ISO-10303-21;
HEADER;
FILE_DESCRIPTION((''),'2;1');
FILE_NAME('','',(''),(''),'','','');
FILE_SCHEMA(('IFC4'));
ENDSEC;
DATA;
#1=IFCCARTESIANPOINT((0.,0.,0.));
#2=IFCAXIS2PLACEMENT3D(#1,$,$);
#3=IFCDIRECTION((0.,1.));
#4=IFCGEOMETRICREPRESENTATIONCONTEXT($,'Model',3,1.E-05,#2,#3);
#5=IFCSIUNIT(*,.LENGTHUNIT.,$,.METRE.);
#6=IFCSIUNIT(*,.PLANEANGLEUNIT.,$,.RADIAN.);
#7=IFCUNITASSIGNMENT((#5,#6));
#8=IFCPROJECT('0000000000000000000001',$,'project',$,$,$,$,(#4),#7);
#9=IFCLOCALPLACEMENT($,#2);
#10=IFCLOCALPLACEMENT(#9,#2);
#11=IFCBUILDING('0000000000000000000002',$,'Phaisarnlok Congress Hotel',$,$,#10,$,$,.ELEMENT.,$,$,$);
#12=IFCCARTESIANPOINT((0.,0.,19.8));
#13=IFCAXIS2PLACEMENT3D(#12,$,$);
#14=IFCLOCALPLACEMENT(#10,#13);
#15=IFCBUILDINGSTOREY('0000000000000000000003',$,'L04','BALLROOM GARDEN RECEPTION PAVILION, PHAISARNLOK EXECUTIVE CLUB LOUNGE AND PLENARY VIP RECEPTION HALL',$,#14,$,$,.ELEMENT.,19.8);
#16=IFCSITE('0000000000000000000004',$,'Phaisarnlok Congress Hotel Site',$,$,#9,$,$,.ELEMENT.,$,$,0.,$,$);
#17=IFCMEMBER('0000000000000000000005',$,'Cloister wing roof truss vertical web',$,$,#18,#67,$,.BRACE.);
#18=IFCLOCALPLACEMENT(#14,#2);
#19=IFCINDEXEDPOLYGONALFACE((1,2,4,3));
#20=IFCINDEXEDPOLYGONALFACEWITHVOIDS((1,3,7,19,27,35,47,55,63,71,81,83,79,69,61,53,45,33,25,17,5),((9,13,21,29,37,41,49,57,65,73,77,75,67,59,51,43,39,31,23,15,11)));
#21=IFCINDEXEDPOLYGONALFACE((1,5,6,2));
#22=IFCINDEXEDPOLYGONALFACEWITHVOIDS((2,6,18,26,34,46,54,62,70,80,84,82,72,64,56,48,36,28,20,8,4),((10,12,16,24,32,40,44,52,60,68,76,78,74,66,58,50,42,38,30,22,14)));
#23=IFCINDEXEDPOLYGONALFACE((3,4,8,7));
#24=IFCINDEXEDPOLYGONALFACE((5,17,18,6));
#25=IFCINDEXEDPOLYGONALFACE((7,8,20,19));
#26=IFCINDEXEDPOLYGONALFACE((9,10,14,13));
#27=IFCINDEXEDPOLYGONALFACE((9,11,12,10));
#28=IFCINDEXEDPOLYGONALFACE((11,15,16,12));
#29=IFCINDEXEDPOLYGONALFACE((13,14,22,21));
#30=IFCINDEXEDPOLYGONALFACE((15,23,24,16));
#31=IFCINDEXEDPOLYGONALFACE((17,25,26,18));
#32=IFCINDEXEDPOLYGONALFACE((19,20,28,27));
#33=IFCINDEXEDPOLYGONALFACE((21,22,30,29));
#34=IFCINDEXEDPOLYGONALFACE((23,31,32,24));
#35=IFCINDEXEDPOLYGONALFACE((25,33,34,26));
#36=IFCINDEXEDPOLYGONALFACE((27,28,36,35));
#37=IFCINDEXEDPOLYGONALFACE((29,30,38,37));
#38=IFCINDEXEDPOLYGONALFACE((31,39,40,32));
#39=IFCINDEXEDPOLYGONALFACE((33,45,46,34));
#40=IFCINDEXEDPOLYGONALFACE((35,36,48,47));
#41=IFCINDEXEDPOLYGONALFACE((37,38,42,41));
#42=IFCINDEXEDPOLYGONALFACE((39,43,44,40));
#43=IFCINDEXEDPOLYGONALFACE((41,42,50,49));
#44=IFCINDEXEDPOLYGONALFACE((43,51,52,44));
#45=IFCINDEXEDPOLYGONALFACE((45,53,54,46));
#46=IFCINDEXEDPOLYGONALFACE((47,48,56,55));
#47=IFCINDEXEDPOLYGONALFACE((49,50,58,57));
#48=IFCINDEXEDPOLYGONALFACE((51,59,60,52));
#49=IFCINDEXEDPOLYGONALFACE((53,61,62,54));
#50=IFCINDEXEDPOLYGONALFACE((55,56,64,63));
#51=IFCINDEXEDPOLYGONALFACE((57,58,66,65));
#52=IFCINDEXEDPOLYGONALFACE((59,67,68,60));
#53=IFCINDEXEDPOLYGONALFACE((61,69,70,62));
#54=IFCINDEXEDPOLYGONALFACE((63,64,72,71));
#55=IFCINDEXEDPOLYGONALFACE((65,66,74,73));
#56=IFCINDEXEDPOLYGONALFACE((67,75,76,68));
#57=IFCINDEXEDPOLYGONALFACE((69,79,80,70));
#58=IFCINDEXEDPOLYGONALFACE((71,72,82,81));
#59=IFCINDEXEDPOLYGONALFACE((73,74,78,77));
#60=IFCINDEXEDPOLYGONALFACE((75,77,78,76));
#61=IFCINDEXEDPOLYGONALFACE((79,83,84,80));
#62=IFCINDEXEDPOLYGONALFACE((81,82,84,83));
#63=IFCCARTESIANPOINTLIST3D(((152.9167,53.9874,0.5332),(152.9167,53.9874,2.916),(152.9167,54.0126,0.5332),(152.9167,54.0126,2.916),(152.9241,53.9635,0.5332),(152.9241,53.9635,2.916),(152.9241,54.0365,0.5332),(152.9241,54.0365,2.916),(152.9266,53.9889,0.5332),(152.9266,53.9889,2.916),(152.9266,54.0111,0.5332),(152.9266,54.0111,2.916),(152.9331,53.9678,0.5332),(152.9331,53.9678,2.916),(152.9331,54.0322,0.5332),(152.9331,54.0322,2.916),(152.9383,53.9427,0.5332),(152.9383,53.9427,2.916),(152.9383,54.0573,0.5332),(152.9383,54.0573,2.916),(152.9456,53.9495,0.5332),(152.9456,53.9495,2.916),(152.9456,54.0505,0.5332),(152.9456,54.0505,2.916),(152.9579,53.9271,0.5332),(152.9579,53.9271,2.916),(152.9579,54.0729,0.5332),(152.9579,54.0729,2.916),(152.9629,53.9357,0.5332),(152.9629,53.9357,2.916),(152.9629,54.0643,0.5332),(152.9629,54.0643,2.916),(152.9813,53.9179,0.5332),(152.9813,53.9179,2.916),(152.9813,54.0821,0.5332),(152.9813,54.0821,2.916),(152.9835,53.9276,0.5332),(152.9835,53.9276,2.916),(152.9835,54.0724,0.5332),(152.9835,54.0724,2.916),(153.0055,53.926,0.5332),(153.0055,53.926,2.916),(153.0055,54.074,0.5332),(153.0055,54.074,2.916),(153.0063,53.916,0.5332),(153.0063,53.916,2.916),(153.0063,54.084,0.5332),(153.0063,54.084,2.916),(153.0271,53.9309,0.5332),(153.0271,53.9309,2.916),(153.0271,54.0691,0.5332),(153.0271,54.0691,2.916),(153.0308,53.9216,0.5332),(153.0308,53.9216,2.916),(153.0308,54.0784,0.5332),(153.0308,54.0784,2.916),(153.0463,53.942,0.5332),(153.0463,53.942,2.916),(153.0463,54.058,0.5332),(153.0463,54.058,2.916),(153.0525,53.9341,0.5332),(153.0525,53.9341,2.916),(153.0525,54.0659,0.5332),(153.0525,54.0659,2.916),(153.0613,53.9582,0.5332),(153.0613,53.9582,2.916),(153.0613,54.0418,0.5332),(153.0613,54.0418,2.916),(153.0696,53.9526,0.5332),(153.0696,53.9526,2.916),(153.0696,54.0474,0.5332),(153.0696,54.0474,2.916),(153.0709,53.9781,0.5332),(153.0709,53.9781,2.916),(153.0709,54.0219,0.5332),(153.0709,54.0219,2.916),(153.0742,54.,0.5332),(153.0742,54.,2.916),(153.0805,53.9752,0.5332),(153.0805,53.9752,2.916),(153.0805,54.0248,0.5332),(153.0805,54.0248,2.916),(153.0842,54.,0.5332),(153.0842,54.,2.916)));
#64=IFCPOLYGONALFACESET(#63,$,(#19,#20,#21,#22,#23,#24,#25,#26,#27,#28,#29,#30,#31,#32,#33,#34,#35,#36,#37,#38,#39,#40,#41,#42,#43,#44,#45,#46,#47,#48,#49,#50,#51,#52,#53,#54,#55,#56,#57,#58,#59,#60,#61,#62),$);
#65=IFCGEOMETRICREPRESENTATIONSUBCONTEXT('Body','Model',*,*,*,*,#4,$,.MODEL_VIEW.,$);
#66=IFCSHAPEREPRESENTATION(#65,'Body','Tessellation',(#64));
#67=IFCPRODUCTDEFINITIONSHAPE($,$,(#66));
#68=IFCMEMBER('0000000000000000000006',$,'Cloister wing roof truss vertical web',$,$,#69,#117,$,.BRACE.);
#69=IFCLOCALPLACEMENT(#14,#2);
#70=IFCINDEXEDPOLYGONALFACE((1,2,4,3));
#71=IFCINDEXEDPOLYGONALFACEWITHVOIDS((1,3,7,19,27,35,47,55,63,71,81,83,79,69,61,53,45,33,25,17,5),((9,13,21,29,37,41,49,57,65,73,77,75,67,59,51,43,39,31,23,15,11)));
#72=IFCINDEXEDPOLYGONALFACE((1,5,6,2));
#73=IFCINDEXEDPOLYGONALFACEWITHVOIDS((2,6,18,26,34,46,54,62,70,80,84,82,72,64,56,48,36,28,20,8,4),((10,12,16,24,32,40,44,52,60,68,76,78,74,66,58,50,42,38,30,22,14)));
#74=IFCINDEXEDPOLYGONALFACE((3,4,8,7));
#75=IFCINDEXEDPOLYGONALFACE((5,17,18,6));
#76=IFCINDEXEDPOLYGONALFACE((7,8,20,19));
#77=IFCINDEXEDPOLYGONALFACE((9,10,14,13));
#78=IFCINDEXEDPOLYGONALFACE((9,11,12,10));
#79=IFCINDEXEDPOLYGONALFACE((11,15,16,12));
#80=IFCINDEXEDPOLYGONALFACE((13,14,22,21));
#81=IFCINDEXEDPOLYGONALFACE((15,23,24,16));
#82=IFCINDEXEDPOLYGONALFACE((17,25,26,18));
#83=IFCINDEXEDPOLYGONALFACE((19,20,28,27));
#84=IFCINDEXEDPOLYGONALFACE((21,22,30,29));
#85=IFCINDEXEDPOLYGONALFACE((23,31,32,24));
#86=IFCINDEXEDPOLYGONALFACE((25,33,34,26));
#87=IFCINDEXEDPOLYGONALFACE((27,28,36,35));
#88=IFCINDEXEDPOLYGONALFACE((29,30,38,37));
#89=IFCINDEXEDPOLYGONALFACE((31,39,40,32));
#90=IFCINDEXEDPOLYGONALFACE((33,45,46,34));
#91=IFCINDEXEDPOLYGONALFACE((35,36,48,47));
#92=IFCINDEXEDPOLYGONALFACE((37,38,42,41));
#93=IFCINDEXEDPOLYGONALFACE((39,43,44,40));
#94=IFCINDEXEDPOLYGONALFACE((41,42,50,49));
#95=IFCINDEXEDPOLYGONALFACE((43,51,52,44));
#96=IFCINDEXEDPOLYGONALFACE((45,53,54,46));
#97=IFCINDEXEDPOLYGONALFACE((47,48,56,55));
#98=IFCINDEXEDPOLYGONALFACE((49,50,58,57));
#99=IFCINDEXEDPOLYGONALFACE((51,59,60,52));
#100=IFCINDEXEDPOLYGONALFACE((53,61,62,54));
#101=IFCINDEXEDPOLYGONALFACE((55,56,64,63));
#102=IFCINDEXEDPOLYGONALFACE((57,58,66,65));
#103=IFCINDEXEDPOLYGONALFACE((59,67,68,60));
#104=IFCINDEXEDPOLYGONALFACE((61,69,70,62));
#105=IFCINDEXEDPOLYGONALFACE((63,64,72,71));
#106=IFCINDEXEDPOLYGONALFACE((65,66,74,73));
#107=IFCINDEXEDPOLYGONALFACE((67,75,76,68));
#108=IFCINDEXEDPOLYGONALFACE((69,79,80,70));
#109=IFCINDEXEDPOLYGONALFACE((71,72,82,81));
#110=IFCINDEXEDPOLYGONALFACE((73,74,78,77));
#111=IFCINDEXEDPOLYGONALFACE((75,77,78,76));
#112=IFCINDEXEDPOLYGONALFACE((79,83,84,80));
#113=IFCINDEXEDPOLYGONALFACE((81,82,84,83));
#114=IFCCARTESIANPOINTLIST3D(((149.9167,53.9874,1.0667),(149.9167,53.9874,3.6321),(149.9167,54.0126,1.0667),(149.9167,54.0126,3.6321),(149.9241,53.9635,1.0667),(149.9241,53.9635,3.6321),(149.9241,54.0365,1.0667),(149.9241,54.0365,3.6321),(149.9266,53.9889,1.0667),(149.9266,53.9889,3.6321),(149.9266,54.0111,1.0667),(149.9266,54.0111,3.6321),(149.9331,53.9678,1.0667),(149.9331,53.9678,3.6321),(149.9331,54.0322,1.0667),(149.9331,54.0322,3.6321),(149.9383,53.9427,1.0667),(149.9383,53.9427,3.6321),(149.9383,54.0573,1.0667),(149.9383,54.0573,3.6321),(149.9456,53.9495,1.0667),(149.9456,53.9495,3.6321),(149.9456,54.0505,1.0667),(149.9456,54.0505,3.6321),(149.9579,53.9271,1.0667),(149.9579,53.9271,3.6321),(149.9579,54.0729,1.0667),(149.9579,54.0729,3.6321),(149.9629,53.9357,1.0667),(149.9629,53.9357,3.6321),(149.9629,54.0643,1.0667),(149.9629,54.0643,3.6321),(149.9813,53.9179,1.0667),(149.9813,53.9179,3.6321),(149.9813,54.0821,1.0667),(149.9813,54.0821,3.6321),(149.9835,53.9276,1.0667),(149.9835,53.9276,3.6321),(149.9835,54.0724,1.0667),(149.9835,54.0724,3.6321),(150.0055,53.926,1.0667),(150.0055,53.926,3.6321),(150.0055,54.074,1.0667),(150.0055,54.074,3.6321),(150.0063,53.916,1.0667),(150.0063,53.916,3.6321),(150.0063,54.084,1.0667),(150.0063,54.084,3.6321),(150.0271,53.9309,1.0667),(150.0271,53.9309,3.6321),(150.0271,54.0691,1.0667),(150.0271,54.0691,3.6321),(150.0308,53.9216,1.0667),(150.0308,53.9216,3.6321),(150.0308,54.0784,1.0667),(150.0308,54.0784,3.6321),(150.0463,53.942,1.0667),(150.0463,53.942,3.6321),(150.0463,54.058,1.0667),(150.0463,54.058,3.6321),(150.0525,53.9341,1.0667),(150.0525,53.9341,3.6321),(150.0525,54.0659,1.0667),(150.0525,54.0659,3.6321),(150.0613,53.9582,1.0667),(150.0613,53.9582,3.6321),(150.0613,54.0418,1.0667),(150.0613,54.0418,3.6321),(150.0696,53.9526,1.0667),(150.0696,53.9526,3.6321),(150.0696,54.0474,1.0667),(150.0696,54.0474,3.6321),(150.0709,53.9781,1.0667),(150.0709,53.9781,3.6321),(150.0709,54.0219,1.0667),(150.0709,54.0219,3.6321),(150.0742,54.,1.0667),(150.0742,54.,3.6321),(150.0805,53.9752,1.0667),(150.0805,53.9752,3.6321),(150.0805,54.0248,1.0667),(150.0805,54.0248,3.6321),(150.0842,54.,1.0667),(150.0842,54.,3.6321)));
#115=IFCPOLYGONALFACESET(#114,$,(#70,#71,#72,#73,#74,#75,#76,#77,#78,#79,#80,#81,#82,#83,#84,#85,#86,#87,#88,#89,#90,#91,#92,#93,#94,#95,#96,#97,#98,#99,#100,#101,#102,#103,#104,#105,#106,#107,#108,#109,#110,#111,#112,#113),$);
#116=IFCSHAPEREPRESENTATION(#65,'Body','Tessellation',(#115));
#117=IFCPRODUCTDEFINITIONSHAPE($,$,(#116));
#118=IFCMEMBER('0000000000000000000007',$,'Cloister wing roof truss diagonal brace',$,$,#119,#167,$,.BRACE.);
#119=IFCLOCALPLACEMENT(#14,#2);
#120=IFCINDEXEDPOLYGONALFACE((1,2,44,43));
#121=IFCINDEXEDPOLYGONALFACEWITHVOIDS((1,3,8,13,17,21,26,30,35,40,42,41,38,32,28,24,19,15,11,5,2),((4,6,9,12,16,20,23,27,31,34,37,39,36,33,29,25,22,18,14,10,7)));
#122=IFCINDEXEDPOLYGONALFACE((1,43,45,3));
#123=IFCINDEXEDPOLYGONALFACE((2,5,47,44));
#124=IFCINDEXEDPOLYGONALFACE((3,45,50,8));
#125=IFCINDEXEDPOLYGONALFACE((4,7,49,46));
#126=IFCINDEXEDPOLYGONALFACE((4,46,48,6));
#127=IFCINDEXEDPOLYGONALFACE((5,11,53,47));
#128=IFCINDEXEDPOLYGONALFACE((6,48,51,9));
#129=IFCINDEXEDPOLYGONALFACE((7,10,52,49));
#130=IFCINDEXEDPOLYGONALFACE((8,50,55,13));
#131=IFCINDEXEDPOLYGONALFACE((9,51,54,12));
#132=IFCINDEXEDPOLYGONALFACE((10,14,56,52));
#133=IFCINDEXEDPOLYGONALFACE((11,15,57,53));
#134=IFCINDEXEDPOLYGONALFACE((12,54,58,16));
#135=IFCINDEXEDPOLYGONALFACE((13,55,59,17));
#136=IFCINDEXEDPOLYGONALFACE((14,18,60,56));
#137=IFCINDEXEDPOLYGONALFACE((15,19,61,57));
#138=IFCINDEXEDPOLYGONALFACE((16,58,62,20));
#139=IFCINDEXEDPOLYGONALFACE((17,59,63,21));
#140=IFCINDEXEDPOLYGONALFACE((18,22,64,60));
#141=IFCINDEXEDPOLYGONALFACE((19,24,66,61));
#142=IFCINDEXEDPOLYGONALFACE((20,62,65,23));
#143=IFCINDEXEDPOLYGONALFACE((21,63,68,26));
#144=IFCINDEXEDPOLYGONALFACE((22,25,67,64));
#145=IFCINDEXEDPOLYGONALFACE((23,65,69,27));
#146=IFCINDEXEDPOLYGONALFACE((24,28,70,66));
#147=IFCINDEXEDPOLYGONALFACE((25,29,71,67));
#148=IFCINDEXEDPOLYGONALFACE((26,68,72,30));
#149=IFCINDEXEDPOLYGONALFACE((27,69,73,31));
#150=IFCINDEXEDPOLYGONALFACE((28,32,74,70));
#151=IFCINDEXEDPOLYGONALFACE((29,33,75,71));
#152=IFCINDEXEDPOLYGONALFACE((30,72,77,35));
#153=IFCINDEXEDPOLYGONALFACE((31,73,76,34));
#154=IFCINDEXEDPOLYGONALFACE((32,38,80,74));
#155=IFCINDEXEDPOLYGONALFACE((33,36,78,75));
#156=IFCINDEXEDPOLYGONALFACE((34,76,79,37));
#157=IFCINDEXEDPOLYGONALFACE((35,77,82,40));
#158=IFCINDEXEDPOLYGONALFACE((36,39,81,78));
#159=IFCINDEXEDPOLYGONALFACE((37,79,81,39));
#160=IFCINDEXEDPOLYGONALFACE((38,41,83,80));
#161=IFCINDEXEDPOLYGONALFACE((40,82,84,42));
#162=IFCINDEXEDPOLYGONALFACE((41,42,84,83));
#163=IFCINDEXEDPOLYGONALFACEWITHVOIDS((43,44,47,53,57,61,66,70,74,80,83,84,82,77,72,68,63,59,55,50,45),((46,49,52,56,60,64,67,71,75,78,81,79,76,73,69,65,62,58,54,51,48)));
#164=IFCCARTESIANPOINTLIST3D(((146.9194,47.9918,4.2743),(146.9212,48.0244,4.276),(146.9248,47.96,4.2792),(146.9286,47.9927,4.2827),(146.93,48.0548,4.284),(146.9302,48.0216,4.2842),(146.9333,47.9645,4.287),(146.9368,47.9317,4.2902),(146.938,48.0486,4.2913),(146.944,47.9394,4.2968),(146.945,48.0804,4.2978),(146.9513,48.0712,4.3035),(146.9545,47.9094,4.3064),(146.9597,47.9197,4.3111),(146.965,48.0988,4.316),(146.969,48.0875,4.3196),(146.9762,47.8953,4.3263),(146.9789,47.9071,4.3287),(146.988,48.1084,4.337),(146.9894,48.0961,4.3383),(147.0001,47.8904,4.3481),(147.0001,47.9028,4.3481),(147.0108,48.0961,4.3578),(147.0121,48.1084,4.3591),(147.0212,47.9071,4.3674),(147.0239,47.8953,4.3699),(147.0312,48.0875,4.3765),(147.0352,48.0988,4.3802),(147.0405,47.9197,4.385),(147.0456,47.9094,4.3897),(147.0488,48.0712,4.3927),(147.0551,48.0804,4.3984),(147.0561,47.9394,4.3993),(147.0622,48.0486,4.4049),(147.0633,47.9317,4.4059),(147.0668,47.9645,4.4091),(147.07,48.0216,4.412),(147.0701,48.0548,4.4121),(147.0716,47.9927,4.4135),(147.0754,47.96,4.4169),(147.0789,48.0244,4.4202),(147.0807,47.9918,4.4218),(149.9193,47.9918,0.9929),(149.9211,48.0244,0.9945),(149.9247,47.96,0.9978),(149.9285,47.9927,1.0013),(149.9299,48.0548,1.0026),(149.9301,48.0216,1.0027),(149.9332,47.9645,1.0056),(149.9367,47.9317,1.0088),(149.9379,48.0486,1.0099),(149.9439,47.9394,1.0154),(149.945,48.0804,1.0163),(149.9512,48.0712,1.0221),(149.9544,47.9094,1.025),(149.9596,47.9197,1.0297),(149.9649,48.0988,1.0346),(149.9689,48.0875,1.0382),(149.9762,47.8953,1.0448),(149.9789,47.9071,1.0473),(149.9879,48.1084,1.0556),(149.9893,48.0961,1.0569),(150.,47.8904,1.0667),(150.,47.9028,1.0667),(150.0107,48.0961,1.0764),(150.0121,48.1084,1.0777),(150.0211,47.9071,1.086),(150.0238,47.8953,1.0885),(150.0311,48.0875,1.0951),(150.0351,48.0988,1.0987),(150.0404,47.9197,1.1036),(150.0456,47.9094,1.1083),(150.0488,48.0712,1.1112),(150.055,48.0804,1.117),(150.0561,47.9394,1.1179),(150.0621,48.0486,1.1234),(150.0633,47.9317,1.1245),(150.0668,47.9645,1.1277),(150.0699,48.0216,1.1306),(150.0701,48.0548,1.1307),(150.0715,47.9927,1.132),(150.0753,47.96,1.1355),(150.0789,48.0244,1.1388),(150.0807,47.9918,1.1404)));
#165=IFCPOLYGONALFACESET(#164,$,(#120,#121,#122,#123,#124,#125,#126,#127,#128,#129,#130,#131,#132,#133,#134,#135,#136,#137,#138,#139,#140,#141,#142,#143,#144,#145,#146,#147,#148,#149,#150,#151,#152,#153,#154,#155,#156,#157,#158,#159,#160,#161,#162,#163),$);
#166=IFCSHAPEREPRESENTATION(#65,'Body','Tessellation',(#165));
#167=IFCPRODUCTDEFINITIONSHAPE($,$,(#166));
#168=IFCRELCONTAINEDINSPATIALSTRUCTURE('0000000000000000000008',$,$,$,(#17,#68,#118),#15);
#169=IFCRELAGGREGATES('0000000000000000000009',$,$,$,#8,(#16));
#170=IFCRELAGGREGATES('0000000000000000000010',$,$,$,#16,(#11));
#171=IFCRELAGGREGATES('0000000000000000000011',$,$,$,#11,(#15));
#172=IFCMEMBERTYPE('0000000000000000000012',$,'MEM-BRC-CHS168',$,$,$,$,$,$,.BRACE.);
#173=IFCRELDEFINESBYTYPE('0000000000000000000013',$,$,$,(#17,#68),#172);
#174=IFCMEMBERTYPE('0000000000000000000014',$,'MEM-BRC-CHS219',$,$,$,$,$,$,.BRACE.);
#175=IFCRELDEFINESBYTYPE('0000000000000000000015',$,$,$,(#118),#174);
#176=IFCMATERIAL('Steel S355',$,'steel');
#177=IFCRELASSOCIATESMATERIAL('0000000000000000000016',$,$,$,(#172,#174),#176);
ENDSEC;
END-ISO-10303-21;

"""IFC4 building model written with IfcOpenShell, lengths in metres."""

from ifc_helpers import new_model, si_unit, direction, frame, origin, origin_2d, place, context, subcontext, project, spatial, hollow_circle, extrude, material, material_profile, profile_set, type_object, element, save


model = new_model("IFC4")

# Units and contexts
model_context = context("Model", 3, precision=1e-05, world=origin(), true_north=direction((0.0, 1.0)))
body_context = subcontext(model_context, "Body", "Model", "MODEL_VIEW")
ifc_project = project(units=[si_unit("LENGTHUNIT", "METRE"), si_unit("PLANEANGLEUNIT", "RADIAN")], contexts=[model_context])

# Site, building, storey
site_placement = place(None, origin())
site = spatial("IfcSite", under=ifc_project, at=site_placement, Name="Phaisarnlok Congress Hotel Site", CompositionType="ELEMENT", RefElevation=0.0)
building_placement = place(site_placement, origin())
building = spatial("IfcBuilding", under=site, at=building_placement, Name="Phaisarnlok Congress Hotel", CompositionType="ELEMENT")
storey_placement = place(building_placement, frame((0.0, 0.0, 19.8)))
storey = spatial("IfcBuildingStorey", under=building, at=storey_placement, Name="L04", Description="BALLROOM GARDEN RECEPTION PAVILION, PHAISARNLOK EXECUTIVE CLUB LOUNGE AND PLENARY VIP RECEPTION HALL", CompositionType="ELEMENT", Elevation=19.8)

# Shared definitions
ifc_material = material(Name="Steel S355", Category="steel")

# Members
ifc_material_profile_1 = material_profile(ifc_material, hollow_circle(Radius=0.0842, WallThickness=0.01, at=origin_2d()), Name="CHS 168.3x10")
ifc_profile_set_1 = profile_set([ifc_material_profile_1], Name="Steel S355")
member_type_1 = type_object("IfcMemberType", Name="MEM-BRC-CHS168", PredefinedType="BRACE", material=ifc_profile_set_1)
member_1_placement = place(storey_placement, frame((153.0, 54.0, 0.5332), z_axis=(0.0, 0.0, 1.0), x_axis=(1.0, 0.0, 0.0)))
element("IfcMember", 1, at=member_1_placement, inside=storey, type_object=member_type_1, Name="Cloister wing roof truss vertical web", PredefinedType="BRACE", context=body_context, shape_type="SweptSolid", body=[
    extrude(hollow_circle(Radius=0.0842, WallThickness=0.01, at=origin_2d()), origin(), (0.0, 0.0, 1.0), 2.3828),
])
member_2_placement = place(storey_placement, frame((150.0, 54.0, 1.0667), z_axis=(0.0, 0.0, 1.0), x_axis=(1.0, 0.0, 0.0)))
element("IfcMember", 2, at=member_2_placement, inside=storey, type_object=member_type_1, Name="Cloister wing roof truss vertical web", PredefinedType="BRACE", context=body_context, shape_type="SweptSolid", body=[
    extrude(hollow_circle(Radius=0.0842, WallThickness=0.01, at=origin_2d()), origin(), (0.0, 0.0, 1.0), 2.5654),
])
ifc_material_profile_2 = material_profile(ifc_material, hollow_circle(Radius=0.1096, WallThickness=0.0125, at=origin_2d()), Name="CHS 219.1x12.5")
ifc_profile_set_2 = profile_set([ifc_material_profile_2], Name="Steel S355")
member_type_2 = type_object("IfcMemberType", Name="MEM-BRC-CHS219", PredefinedType="BRACE", material=ifc_profile_set_2)
member_3_placement = place(storey_placement, frame((150.0, 48.0, 1.0667), z_axis=(-0.674742, 0.0, 0.738054), x_axis=(0.0, -1.0, 0.0)))
element("IfcMember", 3, at=member_3_placement, inside=storey, type_object=member_type_2, Name="Cloister wing roof truss diagonal brace", PredefinedType="BRACE", context=body_context, shape_type="SweptSolid", body=[
    extrude(hollow_circle(Radius=0.1096, WallThickness=0.0125, at=origin_2d()), origin(), (0.0, 0.0, 1.0), 4.446),
])

save(model, "model.ifc")
